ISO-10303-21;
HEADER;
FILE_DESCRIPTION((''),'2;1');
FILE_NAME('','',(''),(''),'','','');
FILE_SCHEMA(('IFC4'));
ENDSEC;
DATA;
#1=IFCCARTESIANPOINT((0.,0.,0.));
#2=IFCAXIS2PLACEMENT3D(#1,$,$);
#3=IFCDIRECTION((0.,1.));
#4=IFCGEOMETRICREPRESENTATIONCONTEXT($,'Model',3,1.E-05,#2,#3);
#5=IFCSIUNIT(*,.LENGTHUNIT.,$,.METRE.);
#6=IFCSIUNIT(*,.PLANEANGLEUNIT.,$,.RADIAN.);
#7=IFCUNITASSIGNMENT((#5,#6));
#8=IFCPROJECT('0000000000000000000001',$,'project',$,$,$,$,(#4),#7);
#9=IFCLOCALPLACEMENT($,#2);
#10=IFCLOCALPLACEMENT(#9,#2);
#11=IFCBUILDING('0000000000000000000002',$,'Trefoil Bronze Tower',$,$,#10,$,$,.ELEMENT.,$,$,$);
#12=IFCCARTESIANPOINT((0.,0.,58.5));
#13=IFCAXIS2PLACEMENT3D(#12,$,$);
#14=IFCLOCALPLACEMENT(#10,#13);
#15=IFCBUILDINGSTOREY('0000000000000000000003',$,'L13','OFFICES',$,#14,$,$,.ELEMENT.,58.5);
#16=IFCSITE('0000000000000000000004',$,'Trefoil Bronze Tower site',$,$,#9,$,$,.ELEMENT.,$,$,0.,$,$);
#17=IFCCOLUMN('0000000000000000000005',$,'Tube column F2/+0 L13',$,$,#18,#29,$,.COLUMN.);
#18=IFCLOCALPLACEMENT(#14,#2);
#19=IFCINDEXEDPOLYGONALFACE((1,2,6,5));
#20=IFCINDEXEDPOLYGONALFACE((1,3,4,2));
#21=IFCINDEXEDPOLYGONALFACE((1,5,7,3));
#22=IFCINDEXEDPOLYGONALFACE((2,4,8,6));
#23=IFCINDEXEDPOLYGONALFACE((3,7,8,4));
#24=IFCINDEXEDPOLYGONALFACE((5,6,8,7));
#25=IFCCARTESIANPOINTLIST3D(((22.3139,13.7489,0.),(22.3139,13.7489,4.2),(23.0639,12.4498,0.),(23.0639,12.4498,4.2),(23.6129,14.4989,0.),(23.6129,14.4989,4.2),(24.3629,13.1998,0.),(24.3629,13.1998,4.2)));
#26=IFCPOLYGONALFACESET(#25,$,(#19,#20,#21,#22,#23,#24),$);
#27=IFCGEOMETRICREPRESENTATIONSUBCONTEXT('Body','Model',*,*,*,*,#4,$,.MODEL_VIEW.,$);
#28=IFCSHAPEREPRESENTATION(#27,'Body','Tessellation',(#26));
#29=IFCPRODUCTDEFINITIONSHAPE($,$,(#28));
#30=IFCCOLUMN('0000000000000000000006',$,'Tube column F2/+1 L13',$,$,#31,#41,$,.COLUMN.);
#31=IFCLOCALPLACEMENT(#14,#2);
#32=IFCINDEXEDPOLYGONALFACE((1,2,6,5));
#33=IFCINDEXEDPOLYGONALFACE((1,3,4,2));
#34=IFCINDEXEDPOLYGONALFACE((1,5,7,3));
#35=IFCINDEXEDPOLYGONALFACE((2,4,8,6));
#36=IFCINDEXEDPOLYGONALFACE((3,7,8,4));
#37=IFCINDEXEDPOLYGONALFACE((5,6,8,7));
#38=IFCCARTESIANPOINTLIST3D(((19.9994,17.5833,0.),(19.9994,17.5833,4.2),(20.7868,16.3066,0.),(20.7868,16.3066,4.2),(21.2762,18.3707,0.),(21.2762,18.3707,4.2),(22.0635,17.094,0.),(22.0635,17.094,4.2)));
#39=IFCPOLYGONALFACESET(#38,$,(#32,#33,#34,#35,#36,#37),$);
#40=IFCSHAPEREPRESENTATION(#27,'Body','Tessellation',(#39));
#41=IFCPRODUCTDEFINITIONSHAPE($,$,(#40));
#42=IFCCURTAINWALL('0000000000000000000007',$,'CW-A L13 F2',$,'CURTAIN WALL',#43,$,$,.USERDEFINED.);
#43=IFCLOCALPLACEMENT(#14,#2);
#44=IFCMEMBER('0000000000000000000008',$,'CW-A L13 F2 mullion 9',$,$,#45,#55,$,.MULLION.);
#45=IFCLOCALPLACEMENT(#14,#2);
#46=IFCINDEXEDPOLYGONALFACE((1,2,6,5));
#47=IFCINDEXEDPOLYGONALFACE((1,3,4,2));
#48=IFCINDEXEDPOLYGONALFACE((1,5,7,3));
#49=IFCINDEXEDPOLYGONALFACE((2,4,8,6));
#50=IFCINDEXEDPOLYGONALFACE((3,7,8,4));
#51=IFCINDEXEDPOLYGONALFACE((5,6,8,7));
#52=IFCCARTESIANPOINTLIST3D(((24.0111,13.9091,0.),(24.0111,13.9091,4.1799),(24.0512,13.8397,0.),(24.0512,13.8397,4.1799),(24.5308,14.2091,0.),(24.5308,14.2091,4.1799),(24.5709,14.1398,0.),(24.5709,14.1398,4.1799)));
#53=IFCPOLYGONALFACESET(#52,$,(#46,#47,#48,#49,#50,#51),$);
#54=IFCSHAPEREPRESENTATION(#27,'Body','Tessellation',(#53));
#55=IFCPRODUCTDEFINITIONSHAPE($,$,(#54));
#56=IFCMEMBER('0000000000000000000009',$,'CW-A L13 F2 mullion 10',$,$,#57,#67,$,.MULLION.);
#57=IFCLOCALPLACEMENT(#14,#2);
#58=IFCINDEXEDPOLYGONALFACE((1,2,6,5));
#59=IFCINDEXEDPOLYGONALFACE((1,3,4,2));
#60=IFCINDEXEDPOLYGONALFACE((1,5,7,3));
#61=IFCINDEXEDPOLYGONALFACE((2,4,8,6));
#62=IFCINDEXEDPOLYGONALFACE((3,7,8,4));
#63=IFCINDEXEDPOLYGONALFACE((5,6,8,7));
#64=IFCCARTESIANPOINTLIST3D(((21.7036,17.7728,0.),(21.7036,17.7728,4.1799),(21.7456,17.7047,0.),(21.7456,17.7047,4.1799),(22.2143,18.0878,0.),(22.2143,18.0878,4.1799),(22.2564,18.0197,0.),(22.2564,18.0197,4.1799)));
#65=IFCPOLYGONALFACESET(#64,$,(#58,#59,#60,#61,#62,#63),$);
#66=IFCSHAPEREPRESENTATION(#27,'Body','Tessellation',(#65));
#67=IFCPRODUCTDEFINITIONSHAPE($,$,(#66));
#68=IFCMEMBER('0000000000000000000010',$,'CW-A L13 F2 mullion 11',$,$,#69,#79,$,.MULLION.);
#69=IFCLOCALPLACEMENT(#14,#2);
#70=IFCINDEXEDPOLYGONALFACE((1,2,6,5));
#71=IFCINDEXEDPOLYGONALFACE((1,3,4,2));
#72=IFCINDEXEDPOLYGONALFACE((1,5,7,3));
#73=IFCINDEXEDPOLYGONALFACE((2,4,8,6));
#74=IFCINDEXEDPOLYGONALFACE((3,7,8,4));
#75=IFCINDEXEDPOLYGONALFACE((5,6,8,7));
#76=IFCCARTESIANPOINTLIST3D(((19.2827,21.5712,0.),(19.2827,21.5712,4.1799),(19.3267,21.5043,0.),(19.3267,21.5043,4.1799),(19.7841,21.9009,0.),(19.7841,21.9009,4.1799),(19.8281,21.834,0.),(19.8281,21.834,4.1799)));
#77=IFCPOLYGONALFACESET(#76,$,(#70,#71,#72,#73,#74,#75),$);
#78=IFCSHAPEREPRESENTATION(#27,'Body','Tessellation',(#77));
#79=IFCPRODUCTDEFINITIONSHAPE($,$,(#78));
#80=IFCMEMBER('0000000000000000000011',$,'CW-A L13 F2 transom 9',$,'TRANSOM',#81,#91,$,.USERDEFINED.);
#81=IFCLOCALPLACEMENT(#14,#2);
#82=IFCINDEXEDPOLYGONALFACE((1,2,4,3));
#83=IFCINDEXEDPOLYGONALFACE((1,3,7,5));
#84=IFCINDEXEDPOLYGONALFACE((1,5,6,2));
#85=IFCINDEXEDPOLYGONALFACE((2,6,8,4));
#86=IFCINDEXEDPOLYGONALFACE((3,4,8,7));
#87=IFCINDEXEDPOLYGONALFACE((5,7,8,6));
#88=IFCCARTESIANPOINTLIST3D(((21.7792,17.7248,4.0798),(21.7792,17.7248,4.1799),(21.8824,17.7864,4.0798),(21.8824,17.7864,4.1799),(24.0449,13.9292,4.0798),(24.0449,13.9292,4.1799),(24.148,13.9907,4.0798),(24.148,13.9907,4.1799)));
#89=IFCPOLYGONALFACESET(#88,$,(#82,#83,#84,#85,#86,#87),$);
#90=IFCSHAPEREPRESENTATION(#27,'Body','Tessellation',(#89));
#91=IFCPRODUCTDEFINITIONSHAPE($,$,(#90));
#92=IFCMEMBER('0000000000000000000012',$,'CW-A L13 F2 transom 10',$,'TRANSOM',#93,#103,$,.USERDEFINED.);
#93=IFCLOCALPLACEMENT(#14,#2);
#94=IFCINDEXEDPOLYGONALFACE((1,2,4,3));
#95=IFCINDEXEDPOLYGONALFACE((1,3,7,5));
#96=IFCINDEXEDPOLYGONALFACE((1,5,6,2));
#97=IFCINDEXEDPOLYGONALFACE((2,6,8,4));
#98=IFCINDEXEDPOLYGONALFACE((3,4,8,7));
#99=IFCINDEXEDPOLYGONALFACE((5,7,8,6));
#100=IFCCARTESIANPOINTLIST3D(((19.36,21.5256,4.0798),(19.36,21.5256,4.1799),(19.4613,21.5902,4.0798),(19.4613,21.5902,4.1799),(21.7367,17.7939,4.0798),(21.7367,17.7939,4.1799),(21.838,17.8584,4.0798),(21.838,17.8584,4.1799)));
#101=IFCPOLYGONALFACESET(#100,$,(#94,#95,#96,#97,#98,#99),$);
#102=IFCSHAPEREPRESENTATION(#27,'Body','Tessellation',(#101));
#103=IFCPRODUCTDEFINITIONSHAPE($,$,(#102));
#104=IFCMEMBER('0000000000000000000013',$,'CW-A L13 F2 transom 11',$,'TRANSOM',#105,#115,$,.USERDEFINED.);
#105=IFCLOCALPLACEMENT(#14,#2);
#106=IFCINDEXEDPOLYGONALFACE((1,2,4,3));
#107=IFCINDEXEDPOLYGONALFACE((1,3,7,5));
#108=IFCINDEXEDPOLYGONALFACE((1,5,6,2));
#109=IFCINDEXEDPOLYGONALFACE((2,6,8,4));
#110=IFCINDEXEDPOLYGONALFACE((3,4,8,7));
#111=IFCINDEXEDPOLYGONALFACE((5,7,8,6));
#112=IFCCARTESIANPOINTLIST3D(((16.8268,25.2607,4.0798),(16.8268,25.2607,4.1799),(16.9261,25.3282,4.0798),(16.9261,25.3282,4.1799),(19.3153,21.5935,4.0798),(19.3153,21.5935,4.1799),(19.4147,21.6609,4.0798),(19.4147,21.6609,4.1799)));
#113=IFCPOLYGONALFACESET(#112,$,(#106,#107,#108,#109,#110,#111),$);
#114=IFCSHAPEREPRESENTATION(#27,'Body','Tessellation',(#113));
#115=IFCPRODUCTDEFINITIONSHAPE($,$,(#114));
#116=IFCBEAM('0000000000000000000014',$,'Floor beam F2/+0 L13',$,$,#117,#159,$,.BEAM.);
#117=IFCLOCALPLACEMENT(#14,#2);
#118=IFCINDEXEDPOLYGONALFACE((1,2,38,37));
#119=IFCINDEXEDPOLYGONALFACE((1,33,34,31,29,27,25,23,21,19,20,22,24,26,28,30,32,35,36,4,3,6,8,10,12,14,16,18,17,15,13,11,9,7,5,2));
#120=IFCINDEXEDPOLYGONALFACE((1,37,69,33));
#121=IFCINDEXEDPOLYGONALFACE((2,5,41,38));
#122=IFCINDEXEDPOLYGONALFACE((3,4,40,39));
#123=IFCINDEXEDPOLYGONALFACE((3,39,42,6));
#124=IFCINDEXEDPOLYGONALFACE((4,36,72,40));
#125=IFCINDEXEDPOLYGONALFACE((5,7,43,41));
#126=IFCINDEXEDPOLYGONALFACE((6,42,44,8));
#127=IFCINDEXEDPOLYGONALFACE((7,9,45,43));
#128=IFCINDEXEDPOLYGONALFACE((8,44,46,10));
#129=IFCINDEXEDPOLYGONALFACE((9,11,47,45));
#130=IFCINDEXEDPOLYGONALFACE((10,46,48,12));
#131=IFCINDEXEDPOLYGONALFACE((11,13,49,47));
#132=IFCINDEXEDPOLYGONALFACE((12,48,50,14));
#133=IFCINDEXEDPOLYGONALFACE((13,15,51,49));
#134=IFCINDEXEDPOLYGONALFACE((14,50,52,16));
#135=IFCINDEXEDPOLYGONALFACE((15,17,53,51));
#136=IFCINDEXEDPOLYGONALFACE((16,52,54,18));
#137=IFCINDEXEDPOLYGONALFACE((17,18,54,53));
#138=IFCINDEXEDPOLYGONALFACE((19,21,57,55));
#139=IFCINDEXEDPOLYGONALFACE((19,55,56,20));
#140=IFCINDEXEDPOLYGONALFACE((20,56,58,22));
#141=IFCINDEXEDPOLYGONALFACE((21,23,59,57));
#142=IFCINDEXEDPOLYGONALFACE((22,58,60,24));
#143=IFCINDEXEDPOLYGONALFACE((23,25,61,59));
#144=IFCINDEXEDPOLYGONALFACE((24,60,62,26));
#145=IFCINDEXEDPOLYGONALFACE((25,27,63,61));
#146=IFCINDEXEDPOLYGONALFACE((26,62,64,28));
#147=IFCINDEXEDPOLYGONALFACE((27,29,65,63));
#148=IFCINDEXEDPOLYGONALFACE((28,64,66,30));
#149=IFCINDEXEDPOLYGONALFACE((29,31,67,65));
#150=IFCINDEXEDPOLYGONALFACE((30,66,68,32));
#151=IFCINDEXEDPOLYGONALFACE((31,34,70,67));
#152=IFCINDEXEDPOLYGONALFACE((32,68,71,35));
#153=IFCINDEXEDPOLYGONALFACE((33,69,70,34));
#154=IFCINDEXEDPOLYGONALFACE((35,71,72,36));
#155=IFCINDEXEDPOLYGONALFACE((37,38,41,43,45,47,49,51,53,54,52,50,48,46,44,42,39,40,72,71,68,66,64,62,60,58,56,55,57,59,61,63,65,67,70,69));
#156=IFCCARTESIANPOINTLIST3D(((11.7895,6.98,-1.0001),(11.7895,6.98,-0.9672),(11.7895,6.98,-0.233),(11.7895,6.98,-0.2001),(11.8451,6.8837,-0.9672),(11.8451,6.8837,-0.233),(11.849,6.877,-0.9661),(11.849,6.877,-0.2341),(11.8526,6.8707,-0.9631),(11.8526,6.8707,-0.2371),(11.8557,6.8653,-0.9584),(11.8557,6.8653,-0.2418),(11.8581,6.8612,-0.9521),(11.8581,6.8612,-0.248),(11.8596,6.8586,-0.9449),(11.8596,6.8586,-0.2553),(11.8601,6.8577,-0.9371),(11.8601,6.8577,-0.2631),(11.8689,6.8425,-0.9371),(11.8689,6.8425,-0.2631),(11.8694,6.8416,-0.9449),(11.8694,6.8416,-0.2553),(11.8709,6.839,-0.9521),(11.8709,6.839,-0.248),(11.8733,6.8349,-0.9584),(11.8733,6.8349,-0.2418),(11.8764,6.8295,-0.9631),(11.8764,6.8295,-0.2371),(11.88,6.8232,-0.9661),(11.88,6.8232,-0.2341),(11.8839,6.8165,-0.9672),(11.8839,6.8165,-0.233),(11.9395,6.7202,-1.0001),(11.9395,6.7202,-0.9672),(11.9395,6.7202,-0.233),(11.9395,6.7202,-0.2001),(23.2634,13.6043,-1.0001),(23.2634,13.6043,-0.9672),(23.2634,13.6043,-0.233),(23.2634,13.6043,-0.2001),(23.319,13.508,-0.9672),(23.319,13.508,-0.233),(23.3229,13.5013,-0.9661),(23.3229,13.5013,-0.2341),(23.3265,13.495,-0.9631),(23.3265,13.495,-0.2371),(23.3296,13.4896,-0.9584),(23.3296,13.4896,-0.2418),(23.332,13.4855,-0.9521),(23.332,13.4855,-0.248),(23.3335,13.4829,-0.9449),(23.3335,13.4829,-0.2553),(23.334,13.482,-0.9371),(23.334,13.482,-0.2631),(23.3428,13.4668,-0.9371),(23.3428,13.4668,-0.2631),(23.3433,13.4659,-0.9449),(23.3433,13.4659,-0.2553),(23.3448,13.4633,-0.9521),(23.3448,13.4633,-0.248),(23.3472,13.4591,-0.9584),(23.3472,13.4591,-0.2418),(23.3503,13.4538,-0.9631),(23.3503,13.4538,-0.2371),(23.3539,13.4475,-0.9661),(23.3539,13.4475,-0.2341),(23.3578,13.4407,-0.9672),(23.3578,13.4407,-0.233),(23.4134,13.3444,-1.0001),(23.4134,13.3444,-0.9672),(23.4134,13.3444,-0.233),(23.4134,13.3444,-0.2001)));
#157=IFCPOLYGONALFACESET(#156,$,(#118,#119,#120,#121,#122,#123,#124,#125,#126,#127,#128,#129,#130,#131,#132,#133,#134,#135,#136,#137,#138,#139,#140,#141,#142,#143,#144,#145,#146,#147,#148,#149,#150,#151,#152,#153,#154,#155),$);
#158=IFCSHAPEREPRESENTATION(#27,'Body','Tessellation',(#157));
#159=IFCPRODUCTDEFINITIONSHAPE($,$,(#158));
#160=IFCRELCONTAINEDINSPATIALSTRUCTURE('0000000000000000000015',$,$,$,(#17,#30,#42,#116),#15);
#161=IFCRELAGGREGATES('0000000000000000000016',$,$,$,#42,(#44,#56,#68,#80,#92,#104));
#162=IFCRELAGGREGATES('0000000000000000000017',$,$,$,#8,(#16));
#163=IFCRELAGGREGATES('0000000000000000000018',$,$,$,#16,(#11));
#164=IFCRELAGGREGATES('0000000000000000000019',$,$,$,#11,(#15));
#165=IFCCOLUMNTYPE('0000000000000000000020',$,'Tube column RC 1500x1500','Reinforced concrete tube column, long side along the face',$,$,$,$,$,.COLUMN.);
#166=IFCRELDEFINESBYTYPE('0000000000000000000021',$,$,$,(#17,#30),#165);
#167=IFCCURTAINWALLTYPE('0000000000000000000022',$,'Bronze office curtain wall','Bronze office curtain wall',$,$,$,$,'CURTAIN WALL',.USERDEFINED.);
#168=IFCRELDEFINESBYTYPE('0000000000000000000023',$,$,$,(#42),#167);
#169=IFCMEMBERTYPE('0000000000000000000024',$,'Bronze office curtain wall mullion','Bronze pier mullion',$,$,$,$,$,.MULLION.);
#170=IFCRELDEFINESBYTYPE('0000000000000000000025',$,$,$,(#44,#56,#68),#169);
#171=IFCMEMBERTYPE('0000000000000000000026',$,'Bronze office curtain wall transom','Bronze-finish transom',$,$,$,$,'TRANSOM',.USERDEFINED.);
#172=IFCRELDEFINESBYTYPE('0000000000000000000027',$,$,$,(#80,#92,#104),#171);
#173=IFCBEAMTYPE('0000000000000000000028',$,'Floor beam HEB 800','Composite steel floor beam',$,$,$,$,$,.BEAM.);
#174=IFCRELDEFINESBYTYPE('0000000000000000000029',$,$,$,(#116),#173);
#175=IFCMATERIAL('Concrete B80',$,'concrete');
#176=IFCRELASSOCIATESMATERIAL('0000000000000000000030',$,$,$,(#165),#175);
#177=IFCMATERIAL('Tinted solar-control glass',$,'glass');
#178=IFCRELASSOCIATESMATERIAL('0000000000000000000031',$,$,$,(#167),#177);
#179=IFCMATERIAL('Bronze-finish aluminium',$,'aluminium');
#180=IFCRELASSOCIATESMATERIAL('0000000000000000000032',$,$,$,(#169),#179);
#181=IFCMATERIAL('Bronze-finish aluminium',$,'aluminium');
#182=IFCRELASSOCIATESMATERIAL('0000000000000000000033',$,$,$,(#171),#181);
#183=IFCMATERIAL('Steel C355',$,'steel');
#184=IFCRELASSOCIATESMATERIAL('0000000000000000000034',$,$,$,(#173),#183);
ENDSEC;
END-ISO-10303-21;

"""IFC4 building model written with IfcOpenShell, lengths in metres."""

from ifc_helpers import new_model, si_unit, direction, frame, origin, origin_2d, place, context, subcontext, project, spatial, rectangle, i_section, extrude, material, material_profile, profile_set, type_object, element, aggregate, save


model = new_model("IFC4")

# Units and contexts
model_context = context("Model", 3, precision=1e-05, world=origin(), true_north=direction((0.0, 1.0)))
body_context = subcontext(model_context, "Body", "Model", "MODEL_VIEW")
ifc_project = project(units=[si_unit("LENGTHUNIT", "METRE"), si_unit("PLANEANGLEUNIT", "RADIAN")], contexts=[model_context])

# Site, building, storey
site_placement = place(None, origin())
site = spatial("IfcSite", under=ifc_project, at=site_placement, Name="Trefoil Bronze Tower site", CompositionType="ELEMENT", RefElevation=0.0)
building_placement = place(site_placement, origin())
building = spatial("IfcBuilding", under=site, at=building_placement, Name="Trefoil Bronze Tower", CompositionType="ELEMENT")
storey_placement = place(building_placement, frame((0.0, 0.0, 58.5)))
storey = spatial("IfcBuildingStorey", under=building, at=storey_placement, Name="L13", Description="OFFICES", CompositionType="ELEMENT", Elevation=58.5)

# Columns
ifc_material_1 = material(Name="Concrete B80", Category="concrete")
ifc_material_profile_1 = material_profile(ifc_material_1, rectangle(XDim=1.5, YDim=1.5, at=origin_2d()), Name="RC 1500x1500")
ifc_profile_set_1 = profile_set([ifc_material_profile_1], Name="Concrete B80")
column_type = type_object("IfcColumnType", Name="Tube column RC 1500x1500", Description="Reinforced concrete tube column, long side along the face", PredefinedType="COLUMN", material=ifc_profile_set_1)
for number, where, z_axis, x_axis, name in (
    (1, (23.3384, 13.4744, 0.0), (0.0, 0.0, 1.0), (-0.5, 0.866025, 0.0), "Tube column F2/+0 L13"),
    (2, (21.0315, 17.3386, 0.0), (0.0, 0.0, 1.0), (-0.524923, 0.85115, 0.0), "Tube column F2/+1 L13"),
):
    element("IfcColumn", number, at=place(storey_placement, frame(where, z_axis=z_axis, x_axis=x_axis)), inside=storey, type_object=column_type, Name=name, PredefinedType="COLUMN", context=body_context, shape_type="SweptSolid", body=[
        extrude(rectangle(XDim=1.5, YDim=1.5, at=origin_2d()), origin(), (0.0, 0.0, 1.0), 4.2),
    ])

# Curtain wall, members
ifc_material_2 = material(Name="Tinted solar-control glass", Category="glass")
curtain_wall_type = type_object("IfcCurtainWallType", Name="Bronze office curtain wall", Description="Bronze office curtain wall", ElementType="CURTAIN WALL", PredefinedType="USERDEFINED", material=ifc_material_2)
curtain_wall_placement = place(storey_placement, origin())
curtain_wall = element("IfcCurtainWall", 3, at=curtain_wall_placement, inside=storey, type_object=curtain_wall_type, Name="CW-A L13 F2", ObjectType="CURTAIN WALL", PredefinedType="USERDEFINED")
ifc_material_3 = material(Name="Bronze-finish aluminium", Category="aluminium")
ifc_material_profile_2 = material_profile(ifc_material_3, rectangle(XDim=0.6001, YDim=0.0801, at=origin_2d()), Name="CW-A mullion")
ifc_profile_set_2 = profile_set([ifc_material_profile_2], Name="Bronze-finish aluminium")
member_type_1 = type_object("IfcMemberType", Name="Bronze office curtain wall mullion", Description="Bronze pier mullion", PredefinedType="MULLION", material=ifc_profile_set_2)
member_1_placement = place(storey_placement, frame((24.291, 14.0244, 0.0), z_axis=(0.0, 0.0, 1.0), x_axis=(-0.866025, -0.5, 0.0)))
member_1 = element("IfcMember", 4, at=member_1_placement, type_object=member_type_1, Name="CW-A L13 F2 mullion 9", PredefinedType="MULLION", context=body_context, shape_type="SweptSolid", body=[
    extrude(rectangle(XDim=0.6001, YDim=0.0801, at=origin_2d()), origin(), (0.0, 0.0, 1.0), 4.1799),
])
member_2_placement = place(storey_placement, frame((21.98, 17.8962, 0.0), z_axis=(0.0, 0.0, 1.0), x_axis=(-0.85115, -0.524923, 0.0)))
member_2 = element("IfcMember", 5, at=member_2_placement, type_object=member_type_1, Name="CW-A L13 F2 mullion 10", PredefinedType="MULLION", context=body_context, shape_type="SweptSolid", body=[
    extrude(rectangle(XDim=0.6001, YDim=0.0801, at=origin_2d()), origin(), (0.0, 0.0, 1.0), 4.1799),
])
member_3_placement = place(storey_placement, frame((19.5554, 21.7026, 0.0), z_axis=(0.0, 0.0, 1.0), x_axis=(-0.835544, -0.549424, 0.0)))
member_3 = element("IfcMember", 6, at=member_3_placement, type_object=member_type_1, Name="CW-A L13 F2 mullion 11", PredefinedType="MULLION", context=body_context, shape_type="SweptSolid", body=[
    extrude(rectangle(XDim=0.6001, YDim=0.0801, at=origin_2d()), origin(), (0.0, 0.0, 1.0), 4.1799),
])
ifc_material_4 = material(Name="Bronze-finish aluminium", Category="aluminium")
ifc_material_profile_3 = material_profile(ifc_material_4, rectangle(XDim=0.1201, YDim=0.1001, at=origin_2d()), Name="CW-A transom")
ifc_profile_set_3 = profile_set([ifc_material_profile_3], Name="Bronze-finish aluminium")
member_type_2 = type_object("IfcMemberType", Name="Bronze office curtain wall transom", Description="Bronze-finish transom", ElementType="TRANSOM", PredefinedType="USERDEFINED", material=ifc_profile_set_3)
member_4_placement = place(storey_placement, frame((24.0964, 13.96, 4.1299), z_axis=(-0.512537, 0.858665, 0.0), x_axis=(-0.858665, -0.512537, 0.0)))
member_4 = element("IfcMember", 7, at=member_4_placement, type_object=member_type_2, Name="CW-A L13 F2 transom 9", ObjectType="TRANSOM", PredefinedType="USERDEFINED", context=body_context, shape_type="SweptSolid", body=[
    extrude(rectangle(XDim=0.1201, YDim=0.1001, at=origin_2d()), origin(), (0.0, 0.0, 1.0), 4.4204),
])
member_5_placement = place(storey_placement, frame((21.7874, 17.8262, 4.1299), z_axis=(-0.537197, 0.843457, 0.0), x_axis=(-0.843457, -0.537197, 0.0)))
member_5 = element("IfcMember", 8, at=member_5_placement, type_object=member_type_2, Name="CW-A L13 F2 transom 10", ObjectType="TRANSOM", PredefinedType="USERDEFINED", context=body_context, shape_type="SweptSolid", body=[
    extrude(rectangle(XDim=0.1201, YDim=0.1001, at=origin_2d()), origin(), (0.0, 0.0, 1.0), 4.4243),
])
member_6_placement = place(storey_placement, frame((19.365, 21.6272, 4.1299), z_axis=(-0.561508, 0.827471, 0.0), x_axis=(-0.827471, -0.561508, 0.0)))
member_6 = element("IfcMember", 9, at=member_6_placement, type_object=member_type_2, Name="CW-A L13 F2 transom 11", ObjectType="TRANSOM", PredefinedType="USERDEFINED", context=body_context, shape_type="SweptSolid", body=[
    extrude(rectangle(XDim=0.1201, YDim=0.1001, at=origin_2d()), origin(), (0.0, 0.0, 1.0), 4.4319),
])

# Beam
ifc_material_5 = material(Name="Steel C355", Category="steel")
ifc_material_profile_4 = material_profile(ifc_material_5, i_section(OverallWidth=0.3, OverallDepth=0.8, WebThickness=0.0176, FlangeThickness=0.033, FilletRadius=0.03, at=origin_2d()), Name="HEB 800")
ifc_profile_set_4 = profile_set([ifc_material_profile_4], Name="Steel C355")
beam_type_1 = type_object("IfcBeamType", Name="Floor beam HEB 800", Description="Composite steel floor beam", PredefinedType="BEAM", material=ifc_profile_set_4)
beam_1_placement = place(storey_placement, frame((23.3384, 13.4744, -0.6001), z_axis=(-0.866031, -0.49999, 0.0), x_axis=(0.49999, -0.866031, 0.0)))
element("IfcBeam", 10, at=beam_1_placement, inside=storey, type_object=beam_type_1, Name="Floor beam F2/+0 L13", PredefinedType="BEAM", context=body_context, shape_type="SweptSolid", body=[
    extrude(i_section(OverallWidth=0.3, OverallDepth=0.8, WebThickness=0.0176, FlangeThickness=0.033, FilletRadius=0.03, at=origin_2d()), origin(), (0.0, 0.0, 1.0), 13.2488),
])

aggregate(curtain_wall, [member_1, member_2, member_3, member_4, member_5, member_6])

save(model, "model.ifc")
